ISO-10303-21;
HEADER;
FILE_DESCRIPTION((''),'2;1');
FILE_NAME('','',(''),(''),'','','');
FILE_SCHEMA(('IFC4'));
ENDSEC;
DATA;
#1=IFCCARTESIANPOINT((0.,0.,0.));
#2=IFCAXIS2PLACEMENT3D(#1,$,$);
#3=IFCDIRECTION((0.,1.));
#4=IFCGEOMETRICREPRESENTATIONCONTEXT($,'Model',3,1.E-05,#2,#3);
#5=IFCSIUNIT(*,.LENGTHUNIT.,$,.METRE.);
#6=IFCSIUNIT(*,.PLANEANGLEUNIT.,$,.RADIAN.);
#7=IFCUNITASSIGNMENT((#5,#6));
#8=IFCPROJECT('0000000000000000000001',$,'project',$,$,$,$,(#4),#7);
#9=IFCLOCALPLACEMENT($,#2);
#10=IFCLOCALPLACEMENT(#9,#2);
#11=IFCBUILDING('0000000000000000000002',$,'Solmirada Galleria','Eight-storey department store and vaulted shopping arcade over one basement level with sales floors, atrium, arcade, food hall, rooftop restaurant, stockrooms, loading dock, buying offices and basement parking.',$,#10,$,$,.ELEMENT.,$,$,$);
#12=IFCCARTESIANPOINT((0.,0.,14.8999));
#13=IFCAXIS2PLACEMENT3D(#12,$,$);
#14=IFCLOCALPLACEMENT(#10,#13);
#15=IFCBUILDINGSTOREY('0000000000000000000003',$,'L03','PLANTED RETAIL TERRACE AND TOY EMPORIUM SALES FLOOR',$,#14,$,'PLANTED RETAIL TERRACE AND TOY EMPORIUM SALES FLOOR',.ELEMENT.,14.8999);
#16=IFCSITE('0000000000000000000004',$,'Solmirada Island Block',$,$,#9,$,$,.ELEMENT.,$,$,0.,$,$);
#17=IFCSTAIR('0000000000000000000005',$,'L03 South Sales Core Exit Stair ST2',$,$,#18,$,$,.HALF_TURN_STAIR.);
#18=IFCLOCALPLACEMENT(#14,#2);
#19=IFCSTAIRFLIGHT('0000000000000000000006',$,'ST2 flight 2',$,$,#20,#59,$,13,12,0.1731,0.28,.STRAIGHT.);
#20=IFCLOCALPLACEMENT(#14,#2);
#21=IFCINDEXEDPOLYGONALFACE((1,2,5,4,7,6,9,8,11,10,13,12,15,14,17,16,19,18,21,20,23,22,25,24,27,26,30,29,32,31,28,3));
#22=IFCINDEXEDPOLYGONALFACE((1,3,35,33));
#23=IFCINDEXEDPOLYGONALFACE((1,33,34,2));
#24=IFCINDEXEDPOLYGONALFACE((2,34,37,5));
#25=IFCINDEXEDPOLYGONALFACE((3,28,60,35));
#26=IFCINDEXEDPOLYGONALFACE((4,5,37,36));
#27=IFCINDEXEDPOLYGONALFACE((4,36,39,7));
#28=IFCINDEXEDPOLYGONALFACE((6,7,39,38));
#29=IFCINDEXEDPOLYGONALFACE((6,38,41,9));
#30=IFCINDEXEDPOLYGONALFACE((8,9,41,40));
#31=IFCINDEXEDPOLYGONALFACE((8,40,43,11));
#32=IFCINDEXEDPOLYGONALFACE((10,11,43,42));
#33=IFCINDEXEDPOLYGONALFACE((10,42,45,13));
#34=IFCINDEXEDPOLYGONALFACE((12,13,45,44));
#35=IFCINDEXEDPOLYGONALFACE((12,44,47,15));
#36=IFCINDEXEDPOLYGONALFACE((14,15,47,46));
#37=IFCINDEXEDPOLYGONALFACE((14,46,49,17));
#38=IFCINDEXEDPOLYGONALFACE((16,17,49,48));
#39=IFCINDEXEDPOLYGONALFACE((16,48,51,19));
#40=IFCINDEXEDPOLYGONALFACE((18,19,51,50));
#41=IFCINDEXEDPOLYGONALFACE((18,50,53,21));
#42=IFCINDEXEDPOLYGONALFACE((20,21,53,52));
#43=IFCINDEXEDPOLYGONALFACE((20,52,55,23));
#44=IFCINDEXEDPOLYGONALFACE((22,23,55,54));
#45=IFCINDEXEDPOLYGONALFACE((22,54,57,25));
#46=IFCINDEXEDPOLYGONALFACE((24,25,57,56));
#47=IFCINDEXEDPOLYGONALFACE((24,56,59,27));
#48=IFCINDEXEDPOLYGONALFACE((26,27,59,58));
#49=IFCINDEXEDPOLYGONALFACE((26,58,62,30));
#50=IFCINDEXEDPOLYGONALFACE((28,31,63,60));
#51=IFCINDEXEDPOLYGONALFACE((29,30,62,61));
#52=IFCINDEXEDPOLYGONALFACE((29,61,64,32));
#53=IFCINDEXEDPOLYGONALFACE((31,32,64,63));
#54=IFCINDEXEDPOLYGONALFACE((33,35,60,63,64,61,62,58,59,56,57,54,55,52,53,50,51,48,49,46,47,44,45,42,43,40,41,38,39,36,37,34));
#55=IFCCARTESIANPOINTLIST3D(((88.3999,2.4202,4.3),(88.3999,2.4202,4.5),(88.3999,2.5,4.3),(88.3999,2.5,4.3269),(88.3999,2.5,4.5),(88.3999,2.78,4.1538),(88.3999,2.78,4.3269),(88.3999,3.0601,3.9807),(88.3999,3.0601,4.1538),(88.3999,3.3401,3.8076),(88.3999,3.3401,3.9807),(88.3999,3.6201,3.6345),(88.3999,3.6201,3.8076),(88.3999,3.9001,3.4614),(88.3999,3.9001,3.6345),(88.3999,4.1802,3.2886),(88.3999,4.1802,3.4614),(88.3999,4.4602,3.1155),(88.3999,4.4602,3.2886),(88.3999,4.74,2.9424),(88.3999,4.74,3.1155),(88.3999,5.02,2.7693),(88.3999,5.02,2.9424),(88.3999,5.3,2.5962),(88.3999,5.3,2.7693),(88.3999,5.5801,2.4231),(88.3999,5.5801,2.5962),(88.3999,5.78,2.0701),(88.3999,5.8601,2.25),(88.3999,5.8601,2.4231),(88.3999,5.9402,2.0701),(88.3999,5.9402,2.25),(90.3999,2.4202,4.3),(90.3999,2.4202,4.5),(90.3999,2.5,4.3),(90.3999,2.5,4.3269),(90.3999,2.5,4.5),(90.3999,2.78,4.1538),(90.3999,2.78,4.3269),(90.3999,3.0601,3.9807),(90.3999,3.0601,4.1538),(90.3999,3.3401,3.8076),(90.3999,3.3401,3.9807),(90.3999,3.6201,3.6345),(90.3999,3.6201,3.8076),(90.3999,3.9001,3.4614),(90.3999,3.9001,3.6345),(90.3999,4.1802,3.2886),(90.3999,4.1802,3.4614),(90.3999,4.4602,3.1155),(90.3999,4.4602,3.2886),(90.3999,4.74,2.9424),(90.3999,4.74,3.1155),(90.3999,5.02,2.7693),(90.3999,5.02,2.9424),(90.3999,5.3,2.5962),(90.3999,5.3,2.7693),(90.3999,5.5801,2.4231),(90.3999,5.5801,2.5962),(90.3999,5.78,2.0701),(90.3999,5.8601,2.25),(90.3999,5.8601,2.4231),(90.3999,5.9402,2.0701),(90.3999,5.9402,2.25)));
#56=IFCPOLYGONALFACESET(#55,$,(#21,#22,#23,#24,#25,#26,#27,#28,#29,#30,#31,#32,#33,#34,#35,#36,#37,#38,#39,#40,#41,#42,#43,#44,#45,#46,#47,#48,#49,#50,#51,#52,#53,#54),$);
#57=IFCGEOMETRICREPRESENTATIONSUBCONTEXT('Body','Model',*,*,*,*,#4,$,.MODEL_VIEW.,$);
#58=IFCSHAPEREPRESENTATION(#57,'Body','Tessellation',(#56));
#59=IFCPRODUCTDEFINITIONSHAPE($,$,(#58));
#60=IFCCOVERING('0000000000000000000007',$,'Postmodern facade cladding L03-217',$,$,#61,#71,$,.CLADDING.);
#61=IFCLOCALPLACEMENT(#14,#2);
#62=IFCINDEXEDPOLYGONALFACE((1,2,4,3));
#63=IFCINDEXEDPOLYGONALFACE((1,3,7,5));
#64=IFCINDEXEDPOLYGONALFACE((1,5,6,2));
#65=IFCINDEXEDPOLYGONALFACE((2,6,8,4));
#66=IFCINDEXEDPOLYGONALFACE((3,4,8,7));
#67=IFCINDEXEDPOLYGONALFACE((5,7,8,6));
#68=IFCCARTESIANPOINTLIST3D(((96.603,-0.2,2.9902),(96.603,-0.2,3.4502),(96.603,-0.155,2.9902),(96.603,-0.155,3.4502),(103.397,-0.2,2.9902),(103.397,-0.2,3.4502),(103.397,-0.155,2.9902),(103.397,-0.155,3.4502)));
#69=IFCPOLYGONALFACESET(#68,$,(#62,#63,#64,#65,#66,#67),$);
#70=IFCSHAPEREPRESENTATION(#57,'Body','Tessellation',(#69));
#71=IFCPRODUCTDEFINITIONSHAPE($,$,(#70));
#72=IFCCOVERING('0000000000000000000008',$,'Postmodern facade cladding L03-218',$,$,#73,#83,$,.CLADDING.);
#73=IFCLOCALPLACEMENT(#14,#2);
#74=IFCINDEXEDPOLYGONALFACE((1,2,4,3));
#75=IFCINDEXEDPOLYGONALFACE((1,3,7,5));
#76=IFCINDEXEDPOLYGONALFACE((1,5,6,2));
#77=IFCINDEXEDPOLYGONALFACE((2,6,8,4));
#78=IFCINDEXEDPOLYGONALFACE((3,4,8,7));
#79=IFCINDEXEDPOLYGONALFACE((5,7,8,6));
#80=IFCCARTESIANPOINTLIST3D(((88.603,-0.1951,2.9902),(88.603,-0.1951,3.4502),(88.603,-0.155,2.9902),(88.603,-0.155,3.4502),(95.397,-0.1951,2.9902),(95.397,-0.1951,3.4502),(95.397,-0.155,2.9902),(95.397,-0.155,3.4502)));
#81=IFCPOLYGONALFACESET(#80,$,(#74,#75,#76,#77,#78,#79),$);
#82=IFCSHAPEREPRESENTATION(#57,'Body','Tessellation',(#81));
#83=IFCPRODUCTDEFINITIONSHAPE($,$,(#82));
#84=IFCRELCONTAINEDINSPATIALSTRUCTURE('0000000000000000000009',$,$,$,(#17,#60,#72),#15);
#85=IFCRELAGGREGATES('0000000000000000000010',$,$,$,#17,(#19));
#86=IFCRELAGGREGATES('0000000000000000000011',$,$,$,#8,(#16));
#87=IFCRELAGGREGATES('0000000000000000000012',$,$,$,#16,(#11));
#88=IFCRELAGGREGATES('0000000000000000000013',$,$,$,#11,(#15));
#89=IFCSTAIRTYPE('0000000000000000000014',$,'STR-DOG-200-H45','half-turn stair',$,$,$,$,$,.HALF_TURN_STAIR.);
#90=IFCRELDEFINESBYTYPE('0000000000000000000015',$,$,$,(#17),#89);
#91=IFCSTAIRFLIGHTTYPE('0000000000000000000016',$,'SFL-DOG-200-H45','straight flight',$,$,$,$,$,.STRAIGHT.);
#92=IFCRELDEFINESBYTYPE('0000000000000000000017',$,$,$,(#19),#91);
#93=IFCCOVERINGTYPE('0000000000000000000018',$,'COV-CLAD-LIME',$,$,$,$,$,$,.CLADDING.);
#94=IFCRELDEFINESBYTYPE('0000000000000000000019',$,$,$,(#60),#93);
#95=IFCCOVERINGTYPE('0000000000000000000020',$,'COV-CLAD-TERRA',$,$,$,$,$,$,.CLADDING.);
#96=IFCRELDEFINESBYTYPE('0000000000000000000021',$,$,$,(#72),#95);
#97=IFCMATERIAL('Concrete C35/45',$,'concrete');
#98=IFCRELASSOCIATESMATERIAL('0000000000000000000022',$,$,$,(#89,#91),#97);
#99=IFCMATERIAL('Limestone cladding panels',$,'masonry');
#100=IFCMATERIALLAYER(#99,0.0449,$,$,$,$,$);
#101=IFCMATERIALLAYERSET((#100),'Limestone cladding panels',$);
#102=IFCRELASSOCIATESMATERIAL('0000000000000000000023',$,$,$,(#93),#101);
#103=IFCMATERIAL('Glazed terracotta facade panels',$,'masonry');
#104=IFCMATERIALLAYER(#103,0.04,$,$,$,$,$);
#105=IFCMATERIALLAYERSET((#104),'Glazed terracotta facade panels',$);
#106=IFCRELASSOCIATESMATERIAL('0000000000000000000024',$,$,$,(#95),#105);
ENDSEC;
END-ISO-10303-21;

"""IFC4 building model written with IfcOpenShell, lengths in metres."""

from ifc_helpers import new_model, si_unit, direction, frame, origin, origin_2d, place, context, subcontext, project, spatial, polyline, rectangle, outline, extrude, material, layer, layer_set, type_object, element, aggregate, save


model = new_model("IFC4")

# Units and contexts
model_context = context("Model", 3, precision=1e-05, world=origin(), true_north=direction((0.0, 1.0)))
body_context = subcontext(model_context, "Body", "Model", "MODEL_VIEW")
ifc_project = project(units=[si_unit("LENGTHUNIT", "METRE"), si_unit("PLANEANGLEUNIT", "RADIAN")], contexts=[model_context])

# Site, building, storey
site_placement = place(None, origin())
site = spatial("IfcSite", under=ifc_project, at=site_placement, Name="Solmirada Island Block", CompositionType="ELEMENT", RefElevation=0.0)
building_placement = place(site_placement, origin())
building = spatial("IfcBuilding", under=site, at=building_placement, Name="Solmirada Galleria", Description="Eight-storey department store and vaulted shopping arcade over one basement level with sales floors, atrium, arcade, food hall, rooftop restaurant, stockrooms, loading dock, buying offices and basement parking.", CompositionType="ELEMENT")
storey_placement = place(building_placement, frame((0.0, 0.0, 14.8999)))
storey = spatial("IfcBuildingStorey", under=building, at=storey_placement, Name="L03", Description="PLANTED RETAIL TERRACE AND TOY EMPORIUM SALES FLOOR", LongName="PLANTED RETAIL TERRACE AND TOY EMPORIUM SALES FLOOR", CompositionType="ELEMENT", Elevation=14.8999)

# Stair, stair flight
ifc_material_1 = material(Name="Concrete C35/45", Category="concrete")
stair_type = type_object("IfcStairType", Name="STR-DOG-200-H45", Description="half-turn stair", PredefinedType="HALF_TURN_STAIR", material=ifc_material_1)
stair_placement = place(storey_placement, origin())
stair = element("IfcStair", 1, at=stair_placement, inside=storey, type_object=stair_type, Name="L03 South Sales Core Exit Stair ST2", PredefinedType="HALF_TURN_STAIR")
stair_flight_type = type_object("IfcStairFlightType", Name="SFL-DOG-200-H45", Description="straight flight", PredefinedType="STRAIGHT", material=ifc_material_1)
stair_flight_1_placement = place(storey_placement, frame((89.3999, 5.8601, 2.25), z_axis=(0.0, 0.0, 1.0), x_axis=(0.0, -1.0, 0.0)))
stair_flight_1 = element("IfcStairFlight", 2, at=stair_flight_1_placement, type_object=stair_flight_type, Name="ST2 flight 2", NumberOfRisers=13, NumberOfTreads=12, PredefinedType="STRAIGHT", RiserHeight=0.1731, TreadLength=0.28, context=body_context, shape_type="SweptSolid", body=[
    extrude(outline(polyline([(-0.0801, 0.0), (0.0, 0.0), (0.0, 0.1731), (0.28, 0.1731), (0.28, 0.3462), (0.5601, 0.3462), (0.5601, 0.5193), (0.8401, 0.5193), (0.8401, 0.6924), (1.1201, 0.6924), (1.1201, 0.8655), (1.3999, 0.8655), (1.3999, 1.0386), (1.6799, 1.0386), (1.6799, 1.2114), (1.96, 1.2114), (1.96, 1.3845), (2.24, 1.3845), (2.24, 1.5576), (2.52, 1.5576), (2.52, 1.7307), (2.8, 1.7307), (2.8, 1.9038), (3.0801, 1.9038), (3.0801, 2.0769), (3.3601, 2.0769), (3.3601, 2.25), (3.4399, 2.25), (3.4399, 2.05), (3.3601, 2.05), (0.0801, -0.1799), (-0.0801, -0.1799), (-0.0801, 0.0)])), frame((0.0, 1.0, 0.0), z_axis=(0.0, -1.0, 0.0), x_axis=(1.0, 0.0, 0.0)), (0.0, 0.0, 1.0), 2.0),
])
aggregate(stair, [stair_flight_1])

# Coverings
ifc_material_2 = material(Name="Limestone cladding panels", Category="masonry")
ifc_layer_1 = layer(ifc_material_2, 0.0449)
ifc_layer_set_1 = layer_set([ifc_layer_1], Name="Limestone cladding panels")
covering_type_1 = type_object("IfcCoveringType", Name="COV-CLAD-LIME", PredefinedType="CLADDING", material=ifc_layer_set_1)
covering_1_placement = place(storey_placement, frame((100.0, -0.1775, 2.9902), z_axis=(0.0, 0.0, 1.0), x_axis=(-1.0, 0.0, 0.0)))
element("IfcCovering", 3, at=covering_1_placement, inside=storey, type_object=covering_type_1, Name="Postmodern facade cladding L03-217", PredefinedType="CLADDING", context=body_context, shape_type="SweptSolid", body=[
    extrude(rectangle(XDim=6.7939, YDim=0.0449, at=origin_2d()), origin(), (0.0, 0.0, 1.0), 0.46),
])
ifc_material_3 = material(Name="Glazed terracotta facade panels", Category="masonry")
ifc_layer_2 = layer(ifc_material_3, 0.04)
ifc_layer_set_2 = layer_set([ifc_layer_2], Name="Glazed terracotta facade panels")
covering_type_2 = type_object("IfcCoveringType", Name="COV-CLAD-TERRA", PredefinedType="CLADDING", material=ifc_layer_set_2)
covering_2_placement = place(storey_placement, frame((92.0, -0.175, 2.9902), z_axis=(0.0, 0.0, 1.0), x_axis=(-1.0, 0.0, 0.0)))
element("IfcCovering", 4, at=covering_2_placement, inside=storey, type_object=covering_type_2, Name="Postmodern facade cladding L03-218", PredefinedType="CLADDING", context=body_context, shape_type="SweptSolid", body=[
    extrude(rectangle(XDim=6.7939, YDim=0.04, at=origin_2d()), origin(), (0.0, 0.0, 1.0), 0.46),
])

save(model, "model.ifc")
